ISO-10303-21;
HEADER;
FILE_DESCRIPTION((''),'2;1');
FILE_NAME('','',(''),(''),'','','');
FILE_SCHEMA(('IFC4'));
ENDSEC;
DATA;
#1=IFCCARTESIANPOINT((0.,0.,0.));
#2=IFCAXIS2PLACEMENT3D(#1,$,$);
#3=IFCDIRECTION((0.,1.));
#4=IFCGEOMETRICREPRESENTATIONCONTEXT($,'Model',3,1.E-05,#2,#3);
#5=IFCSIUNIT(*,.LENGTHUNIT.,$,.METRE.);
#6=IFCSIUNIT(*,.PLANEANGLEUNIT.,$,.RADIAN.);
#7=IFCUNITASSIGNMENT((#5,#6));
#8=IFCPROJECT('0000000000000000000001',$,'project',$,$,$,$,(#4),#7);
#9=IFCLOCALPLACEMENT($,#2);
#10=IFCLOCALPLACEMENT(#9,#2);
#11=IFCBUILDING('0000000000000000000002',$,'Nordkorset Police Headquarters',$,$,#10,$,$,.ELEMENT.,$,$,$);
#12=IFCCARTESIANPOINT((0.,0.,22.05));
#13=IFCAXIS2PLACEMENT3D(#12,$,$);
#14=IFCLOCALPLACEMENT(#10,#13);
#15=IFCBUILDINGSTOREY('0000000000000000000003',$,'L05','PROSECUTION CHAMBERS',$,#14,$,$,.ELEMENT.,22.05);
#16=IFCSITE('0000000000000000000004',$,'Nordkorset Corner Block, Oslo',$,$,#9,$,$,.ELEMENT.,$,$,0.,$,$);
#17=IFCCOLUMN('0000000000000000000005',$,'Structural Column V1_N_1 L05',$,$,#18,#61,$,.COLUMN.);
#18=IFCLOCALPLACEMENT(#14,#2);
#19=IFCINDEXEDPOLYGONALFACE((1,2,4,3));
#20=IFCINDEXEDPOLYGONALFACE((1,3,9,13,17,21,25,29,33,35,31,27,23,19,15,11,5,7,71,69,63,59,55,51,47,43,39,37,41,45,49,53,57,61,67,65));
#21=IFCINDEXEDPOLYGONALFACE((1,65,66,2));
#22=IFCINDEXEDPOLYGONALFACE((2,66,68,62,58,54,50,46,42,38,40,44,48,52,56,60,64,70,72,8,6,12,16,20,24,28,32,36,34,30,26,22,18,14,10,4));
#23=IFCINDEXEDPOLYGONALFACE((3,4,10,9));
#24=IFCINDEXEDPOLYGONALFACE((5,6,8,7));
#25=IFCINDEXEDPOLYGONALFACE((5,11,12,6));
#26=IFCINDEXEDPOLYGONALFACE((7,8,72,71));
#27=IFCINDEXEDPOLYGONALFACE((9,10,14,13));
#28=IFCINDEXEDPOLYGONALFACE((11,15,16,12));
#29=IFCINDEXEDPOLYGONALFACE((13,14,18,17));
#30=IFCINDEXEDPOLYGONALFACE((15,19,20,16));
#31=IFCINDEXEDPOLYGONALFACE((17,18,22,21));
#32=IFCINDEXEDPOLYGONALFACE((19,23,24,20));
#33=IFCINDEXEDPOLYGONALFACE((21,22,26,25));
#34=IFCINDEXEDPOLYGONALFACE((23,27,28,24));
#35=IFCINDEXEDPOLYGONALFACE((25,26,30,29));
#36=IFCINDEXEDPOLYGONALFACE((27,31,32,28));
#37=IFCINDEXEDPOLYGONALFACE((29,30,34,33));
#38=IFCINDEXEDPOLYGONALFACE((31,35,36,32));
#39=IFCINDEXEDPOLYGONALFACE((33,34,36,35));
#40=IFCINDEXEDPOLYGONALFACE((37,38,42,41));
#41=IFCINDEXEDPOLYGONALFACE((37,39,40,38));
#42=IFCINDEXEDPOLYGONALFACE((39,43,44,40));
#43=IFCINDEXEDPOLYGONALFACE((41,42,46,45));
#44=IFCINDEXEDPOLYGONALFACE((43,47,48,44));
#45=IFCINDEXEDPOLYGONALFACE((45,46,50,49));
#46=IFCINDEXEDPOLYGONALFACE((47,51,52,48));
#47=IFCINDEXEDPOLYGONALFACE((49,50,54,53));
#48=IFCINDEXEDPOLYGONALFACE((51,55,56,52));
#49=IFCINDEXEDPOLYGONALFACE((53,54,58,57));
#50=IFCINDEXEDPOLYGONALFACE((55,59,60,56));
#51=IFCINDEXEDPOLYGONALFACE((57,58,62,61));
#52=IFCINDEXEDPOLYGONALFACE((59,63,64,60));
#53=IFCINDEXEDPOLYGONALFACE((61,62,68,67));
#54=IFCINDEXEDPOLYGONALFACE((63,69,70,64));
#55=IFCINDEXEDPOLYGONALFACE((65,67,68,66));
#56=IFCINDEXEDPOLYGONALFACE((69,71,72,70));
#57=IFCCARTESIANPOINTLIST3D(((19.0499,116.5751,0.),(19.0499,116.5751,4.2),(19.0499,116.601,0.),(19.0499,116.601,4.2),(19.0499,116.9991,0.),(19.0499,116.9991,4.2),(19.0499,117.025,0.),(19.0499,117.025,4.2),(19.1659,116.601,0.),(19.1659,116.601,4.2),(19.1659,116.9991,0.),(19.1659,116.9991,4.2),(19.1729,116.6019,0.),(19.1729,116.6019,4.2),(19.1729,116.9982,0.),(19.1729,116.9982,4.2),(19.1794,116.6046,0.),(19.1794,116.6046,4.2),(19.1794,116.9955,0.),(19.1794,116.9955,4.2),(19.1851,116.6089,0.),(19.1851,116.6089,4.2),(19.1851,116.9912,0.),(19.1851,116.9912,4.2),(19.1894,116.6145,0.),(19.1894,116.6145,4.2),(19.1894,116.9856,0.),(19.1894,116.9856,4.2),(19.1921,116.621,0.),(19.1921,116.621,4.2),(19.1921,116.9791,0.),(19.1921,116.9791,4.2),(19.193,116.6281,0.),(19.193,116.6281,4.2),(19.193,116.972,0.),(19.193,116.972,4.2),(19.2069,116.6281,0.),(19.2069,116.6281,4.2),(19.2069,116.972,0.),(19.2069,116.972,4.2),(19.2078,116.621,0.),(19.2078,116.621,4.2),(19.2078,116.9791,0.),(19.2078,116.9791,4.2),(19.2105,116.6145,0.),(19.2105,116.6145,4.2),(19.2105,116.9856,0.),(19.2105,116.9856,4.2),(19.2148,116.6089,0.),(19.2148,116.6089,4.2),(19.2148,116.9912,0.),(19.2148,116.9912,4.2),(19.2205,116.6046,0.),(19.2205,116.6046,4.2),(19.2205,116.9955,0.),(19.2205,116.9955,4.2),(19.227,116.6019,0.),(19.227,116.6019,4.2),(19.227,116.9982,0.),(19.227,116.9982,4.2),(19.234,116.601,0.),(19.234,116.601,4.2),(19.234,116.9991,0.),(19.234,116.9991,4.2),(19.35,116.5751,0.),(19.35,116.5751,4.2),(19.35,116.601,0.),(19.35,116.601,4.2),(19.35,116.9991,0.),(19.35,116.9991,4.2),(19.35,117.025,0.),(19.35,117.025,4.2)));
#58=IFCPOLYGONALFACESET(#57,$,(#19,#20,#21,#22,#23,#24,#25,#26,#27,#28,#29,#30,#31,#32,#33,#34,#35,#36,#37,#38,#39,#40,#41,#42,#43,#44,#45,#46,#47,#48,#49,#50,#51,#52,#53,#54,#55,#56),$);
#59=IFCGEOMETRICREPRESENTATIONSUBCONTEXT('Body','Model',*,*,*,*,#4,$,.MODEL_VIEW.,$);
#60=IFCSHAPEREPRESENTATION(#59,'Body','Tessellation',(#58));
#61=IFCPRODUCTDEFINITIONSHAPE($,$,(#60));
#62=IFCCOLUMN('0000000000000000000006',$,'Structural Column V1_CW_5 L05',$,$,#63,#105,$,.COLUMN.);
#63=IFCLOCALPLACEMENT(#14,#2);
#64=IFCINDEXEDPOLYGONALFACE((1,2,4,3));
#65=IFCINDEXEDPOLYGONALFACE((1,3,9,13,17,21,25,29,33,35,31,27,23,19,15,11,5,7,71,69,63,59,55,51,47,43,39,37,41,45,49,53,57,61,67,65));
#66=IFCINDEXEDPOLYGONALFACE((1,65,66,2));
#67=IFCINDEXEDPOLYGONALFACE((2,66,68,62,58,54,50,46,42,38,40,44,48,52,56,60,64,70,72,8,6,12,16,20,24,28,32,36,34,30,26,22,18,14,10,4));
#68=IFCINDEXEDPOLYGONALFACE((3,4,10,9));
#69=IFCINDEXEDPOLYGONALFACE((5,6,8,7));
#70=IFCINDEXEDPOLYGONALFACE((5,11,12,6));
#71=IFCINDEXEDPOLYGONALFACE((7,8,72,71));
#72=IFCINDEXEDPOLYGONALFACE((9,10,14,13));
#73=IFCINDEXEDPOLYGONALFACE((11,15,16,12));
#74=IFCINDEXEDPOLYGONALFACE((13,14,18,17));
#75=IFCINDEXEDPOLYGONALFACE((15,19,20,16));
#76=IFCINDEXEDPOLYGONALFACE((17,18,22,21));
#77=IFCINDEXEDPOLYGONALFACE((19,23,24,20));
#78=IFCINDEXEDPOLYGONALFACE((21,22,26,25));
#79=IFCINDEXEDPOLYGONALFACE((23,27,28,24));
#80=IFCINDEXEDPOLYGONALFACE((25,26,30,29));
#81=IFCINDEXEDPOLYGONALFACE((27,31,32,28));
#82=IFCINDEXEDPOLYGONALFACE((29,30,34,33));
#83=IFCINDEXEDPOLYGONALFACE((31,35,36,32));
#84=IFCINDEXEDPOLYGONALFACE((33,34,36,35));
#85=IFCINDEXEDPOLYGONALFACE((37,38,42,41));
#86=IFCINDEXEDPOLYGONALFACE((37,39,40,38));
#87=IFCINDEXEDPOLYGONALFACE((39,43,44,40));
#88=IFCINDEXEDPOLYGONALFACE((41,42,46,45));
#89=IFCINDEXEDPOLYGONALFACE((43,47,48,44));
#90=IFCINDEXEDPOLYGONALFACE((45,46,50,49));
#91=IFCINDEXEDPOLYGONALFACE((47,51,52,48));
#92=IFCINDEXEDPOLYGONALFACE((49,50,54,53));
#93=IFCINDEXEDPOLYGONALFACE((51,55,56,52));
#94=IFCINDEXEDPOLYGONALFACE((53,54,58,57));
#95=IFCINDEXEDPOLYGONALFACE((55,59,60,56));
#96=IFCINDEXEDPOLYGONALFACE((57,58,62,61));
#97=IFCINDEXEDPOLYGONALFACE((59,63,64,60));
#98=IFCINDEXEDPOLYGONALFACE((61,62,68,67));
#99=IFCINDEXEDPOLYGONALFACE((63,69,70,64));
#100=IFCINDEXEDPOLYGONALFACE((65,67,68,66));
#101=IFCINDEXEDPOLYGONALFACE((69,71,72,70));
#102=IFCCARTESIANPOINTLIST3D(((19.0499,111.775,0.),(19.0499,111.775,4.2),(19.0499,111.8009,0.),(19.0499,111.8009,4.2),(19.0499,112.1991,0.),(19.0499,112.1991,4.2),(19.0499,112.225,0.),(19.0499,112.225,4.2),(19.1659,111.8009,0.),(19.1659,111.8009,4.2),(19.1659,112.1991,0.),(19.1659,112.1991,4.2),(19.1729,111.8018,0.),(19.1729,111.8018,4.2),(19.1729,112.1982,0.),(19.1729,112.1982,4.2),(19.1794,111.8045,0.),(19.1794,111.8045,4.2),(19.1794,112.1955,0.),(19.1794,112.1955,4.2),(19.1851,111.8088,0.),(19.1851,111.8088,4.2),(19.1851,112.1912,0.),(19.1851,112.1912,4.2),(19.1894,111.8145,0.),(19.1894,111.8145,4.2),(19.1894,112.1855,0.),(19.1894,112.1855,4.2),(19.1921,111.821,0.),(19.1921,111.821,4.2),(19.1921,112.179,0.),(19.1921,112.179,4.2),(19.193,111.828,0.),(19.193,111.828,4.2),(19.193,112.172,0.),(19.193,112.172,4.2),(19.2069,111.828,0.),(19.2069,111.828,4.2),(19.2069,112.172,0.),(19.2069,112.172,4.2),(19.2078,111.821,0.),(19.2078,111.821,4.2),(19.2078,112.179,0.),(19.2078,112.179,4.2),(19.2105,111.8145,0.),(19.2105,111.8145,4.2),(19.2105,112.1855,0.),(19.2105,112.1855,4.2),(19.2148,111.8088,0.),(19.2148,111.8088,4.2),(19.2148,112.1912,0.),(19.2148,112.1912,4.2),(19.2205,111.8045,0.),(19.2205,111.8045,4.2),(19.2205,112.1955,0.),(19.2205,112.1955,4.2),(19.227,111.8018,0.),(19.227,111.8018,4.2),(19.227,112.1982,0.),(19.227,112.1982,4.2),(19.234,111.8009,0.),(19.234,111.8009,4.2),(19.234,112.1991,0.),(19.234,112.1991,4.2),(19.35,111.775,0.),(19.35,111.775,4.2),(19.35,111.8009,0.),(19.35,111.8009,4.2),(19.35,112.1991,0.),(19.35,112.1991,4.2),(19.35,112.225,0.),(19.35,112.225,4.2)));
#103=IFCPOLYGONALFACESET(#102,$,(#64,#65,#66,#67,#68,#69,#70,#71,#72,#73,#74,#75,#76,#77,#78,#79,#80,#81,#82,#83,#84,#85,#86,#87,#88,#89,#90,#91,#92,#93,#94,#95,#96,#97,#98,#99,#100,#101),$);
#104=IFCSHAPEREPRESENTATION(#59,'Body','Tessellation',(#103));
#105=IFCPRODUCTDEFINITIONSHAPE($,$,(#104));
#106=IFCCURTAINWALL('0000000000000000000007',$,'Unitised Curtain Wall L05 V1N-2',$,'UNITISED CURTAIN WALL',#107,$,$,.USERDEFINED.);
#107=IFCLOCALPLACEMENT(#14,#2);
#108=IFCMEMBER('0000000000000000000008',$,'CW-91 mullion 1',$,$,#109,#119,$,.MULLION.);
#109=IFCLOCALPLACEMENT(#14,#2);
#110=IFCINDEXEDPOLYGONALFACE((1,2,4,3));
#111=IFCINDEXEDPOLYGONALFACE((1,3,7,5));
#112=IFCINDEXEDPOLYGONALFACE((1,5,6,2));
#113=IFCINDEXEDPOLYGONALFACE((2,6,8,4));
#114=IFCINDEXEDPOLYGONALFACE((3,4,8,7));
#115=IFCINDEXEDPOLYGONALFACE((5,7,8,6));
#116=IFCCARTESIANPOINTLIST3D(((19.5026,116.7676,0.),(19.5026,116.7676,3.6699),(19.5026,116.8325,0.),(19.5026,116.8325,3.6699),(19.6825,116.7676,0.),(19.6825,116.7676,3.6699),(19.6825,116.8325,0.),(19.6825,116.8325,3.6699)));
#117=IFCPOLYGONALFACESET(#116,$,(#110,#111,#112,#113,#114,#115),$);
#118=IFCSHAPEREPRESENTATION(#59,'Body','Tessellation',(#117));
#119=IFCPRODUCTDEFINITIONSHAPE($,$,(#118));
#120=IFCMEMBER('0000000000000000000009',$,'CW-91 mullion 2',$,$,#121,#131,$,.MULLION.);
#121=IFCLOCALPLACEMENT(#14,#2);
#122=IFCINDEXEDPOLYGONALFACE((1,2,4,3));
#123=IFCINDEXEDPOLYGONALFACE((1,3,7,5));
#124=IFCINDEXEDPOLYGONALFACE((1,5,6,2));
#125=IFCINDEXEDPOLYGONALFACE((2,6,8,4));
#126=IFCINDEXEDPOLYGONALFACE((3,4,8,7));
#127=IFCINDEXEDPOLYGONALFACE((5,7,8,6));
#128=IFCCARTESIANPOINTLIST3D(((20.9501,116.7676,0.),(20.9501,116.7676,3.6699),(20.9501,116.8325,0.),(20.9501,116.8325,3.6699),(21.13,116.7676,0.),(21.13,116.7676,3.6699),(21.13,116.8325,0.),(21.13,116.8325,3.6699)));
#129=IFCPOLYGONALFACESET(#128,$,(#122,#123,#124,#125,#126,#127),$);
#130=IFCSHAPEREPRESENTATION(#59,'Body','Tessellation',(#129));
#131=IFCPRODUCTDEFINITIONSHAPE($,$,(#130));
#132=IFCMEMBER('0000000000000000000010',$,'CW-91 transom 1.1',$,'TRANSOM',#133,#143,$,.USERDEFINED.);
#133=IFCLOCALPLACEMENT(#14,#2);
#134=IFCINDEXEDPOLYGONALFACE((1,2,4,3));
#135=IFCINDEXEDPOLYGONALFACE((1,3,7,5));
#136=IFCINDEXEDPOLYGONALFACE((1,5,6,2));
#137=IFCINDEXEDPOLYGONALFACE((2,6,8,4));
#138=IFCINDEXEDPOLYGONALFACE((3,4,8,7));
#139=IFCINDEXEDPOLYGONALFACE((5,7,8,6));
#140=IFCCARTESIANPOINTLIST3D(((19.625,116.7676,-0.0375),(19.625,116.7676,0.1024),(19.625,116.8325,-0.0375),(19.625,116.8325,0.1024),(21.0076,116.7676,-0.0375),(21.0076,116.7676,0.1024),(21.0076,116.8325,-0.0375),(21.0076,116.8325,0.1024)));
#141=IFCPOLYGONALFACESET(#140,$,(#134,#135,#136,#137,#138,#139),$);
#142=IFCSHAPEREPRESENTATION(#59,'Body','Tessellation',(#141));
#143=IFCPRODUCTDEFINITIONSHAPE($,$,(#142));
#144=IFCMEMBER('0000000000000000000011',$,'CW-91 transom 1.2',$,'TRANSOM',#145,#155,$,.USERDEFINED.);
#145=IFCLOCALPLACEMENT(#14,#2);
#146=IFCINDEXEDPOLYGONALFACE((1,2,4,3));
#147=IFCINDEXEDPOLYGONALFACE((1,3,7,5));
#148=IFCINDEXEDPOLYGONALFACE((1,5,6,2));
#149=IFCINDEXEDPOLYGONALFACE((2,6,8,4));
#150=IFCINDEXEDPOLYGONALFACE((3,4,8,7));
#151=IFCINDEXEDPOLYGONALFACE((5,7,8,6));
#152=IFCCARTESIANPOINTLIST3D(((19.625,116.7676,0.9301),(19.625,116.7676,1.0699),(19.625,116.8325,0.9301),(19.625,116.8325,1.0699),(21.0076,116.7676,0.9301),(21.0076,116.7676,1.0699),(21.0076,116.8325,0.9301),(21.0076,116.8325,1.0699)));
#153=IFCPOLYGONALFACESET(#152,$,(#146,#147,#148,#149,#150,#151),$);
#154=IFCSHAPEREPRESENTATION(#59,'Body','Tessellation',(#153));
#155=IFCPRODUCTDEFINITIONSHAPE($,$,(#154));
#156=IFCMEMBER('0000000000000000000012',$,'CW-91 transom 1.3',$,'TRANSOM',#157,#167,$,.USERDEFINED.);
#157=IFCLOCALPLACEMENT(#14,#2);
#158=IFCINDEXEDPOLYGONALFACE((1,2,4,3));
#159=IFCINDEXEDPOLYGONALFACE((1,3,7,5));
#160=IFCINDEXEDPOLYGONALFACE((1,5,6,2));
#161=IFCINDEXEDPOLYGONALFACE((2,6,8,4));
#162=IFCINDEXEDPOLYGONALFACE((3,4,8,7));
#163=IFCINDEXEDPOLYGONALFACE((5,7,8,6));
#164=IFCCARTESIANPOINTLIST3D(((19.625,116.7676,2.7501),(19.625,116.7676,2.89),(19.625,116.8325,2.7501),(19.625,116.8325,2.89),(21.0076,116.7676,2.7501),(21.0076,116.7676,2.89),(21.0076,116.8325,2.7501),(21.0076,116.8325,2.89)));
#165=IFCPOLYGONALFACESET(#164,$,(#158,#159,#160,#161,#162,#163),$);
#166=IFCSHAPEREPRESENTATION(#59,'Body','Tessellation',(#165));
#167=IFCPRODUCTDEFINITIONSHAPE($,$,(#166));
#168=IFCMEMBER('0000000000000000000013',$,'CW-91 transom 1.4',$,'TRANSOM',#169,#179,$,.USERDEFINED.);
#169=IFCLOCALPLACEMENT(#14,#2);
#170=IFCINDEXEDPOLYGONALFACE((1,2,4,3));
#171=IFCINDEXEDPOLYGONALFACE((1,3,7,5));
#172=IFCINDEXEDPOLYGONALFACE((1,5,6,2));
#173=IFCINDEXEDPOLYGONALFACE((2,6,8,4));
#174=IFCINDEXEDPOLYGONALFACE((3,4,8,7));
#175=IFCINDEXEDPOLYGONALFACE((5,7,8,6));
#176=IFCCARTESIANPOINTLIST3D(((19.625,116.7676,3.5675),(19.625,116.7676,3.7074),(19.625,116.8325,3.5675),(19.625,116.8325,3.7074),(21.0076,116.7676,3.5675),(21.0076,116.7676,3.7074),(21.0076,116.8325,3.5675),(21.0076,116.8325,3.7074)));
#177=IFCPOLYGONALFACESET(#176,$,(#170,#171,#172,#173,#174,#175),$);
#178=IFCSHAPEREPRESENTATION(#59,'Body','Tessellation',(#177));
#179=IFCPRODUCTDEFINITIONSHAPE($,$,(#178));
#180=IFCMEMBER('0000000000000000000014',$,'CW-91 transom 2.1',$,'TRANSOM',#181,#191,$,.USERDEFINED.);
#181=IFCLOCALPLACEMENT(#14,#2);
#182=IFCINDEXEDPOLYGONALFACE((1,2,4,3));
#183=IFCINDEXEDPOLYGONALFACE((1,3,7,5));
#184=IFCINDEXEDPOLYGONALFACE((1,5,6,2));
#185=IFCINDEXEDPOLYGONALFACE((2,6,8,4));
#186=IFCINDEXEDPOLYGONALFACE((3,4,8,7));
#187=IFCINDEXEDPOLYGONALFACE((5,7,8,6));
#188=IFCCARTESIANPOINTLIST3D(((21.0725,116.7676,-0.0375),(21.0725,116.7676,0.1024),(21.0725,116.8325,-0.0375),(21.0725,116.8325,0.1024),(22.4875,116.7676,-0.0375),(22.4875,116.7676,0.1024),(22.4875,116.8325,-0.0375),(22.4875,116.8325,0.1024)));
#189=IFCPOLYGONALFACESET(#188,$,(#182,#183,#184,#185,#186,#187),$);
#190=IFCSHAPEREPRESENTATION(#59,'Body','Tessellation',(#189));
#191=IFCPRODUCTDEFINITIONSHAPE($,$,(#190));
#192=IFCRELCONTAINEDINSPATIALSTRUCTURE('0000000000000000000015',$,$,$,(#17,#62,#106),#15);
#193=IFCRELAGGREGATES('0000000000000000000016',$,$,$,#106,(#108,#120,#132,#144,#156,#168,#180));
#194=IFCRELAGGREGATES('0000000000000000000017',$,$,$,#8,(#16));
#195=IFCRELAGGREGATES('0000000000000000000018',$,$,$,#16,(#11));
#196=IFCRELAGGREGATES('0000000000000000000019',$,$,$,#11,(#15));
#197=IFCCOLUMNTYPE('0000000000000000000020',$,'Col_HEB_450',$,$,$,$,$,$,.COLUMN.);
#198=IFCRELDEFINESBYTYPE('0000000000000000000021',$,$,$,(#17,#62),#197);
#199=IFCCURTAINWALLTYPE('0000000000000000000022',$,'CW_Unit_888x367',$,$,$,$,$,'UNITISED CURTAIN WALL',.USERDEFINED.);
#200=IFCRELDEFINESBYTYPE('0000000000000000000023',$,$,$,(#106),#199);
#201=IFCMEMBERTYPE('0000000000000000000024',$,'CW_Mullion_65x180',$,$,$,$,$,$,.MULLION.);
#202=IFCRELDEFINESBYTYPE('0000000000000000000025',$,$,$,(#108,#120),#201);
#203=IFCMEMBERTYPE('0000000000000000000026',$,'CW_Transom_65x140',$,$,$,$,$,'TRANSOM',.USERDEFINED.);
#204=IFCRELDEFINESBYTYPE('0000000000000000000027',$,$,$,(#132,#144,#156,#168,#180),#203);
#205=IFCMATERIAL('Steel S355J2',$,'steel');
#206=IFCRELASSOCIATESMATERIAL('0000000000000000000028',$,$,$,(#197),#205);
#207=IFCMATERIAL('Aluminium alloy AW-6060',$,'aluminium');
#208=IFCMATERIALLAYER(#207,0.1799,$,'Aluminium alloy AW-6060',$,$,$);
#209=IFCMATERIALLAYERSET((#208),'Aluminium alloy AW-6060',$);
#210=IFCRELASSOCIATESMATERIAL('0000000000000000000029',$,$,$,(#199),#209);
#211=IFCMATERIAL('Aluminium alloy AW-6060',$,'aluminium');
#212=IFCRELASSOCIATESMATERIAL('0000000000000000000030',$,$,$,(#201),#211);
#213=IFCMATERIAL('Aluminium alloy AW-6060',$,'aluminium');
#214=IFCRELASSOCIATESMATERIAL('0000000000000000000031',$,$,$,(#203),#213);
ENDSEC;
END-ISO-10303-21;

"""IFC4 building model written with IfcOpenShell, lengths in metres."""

from ifc_helpers import new_model, si_unit, direction, frame, origin, origin_2d, place, context, subcontext, project, spatial, rectangle, i_section, extrude, material, layer, layer_set, material_profile, profile_set, type_object, element, aggregate, save


model = new_model("IFC4")

# Units and contexts
model_context = context("Model", 3, precision=1e-05, world=origin(), true_north=direction((0.0, 1.0)))
body_context = subcontext(model_context, "Body", "Model", "MODEL_VIEW")
ifc_project = project(units=[si_unit("LENGTHUNIT", "METRE"), si_unit("PLANEANGLEUNIT", "RADIAN")], contexts=[model_context])

# Site, building, storey
site_placement = place(None, origin())
site = spatial("IfcSite", under=ifc_project, at=site_placement, Name="Nordkorset Corner Block, Oslo", CompositionType="ELEMENT", RefElevation=0.0)
building_placement = place(site_placement, origin())
building = spatial("IfcBuilding", under=site, at=building_placement, Name="Nordkorset Police Headquarters", CompositionType="ELEMENT")
storey_placement = place(building_placement, frame((0.0, 0.0, 22.05)))
storey = spatial("IfcBuildingStorey", under=building, at=storey_placement, Name="L05", Description="PROSECUTION CHAMBERS", CompositionType="ELEMENT", Elevation=22.05)

# Columns
ifc_material_1 = material(Name="Steel S355J2", Category="steel")
ifc_material_profile_1 = material_profile(ifc_material_1, i_section(OverallWidth=0.3, OverallDepth=0.45, WebThickness=0.0139, FlangeThickness=0.0259, FilletRadius=0.0271, at=origin_2d()), Name="HEB 450")
ifc_profile_set_1 = profile_set([ifc_material_profile_1], Name="Steel S355J2")
column_type = type_object("IfcColumnType", Name="Col_HEB_450", PredefinedType="COLUMN", material=ifc_profile_set_1)
for number, where, z_axis, x_axis, name in (
    (1, (19.2, 116.8, 0.0), (0.0, 0.0, 1.0), (1.0, 0.0, 0.0), "Structural Column V1_N_1 L05"),
    (2, (19.2, 112.0, 0.0), (0.0, 0.0, 1.0), (1.0, 0.0, 0.0), "Structural Column V1_CW_5 L05"),
):
    element("IfcColumn", number, at=place(storey_placement, frame(where, z_axis=z_axis, x_axis=x_axis)), inside=storey, type_object=column_type, Name=name, PredefinedType="COLUMN", context=body_context, shape_type="SweptSolid", body=[
        extrude(i_section(OverallWidth=0.3, OverallDepth=0.45, WebThickness=0.0139, FlangeThickness=0.0259, FilletRadius=0.0271, at=origin_2d()), origin(), (0.0, 0.0, 1.0), 4.2),
    ])

# Curtain wall, members
ifc_material_2 = material(Name="Aluminium alloy AW-6060", Category="aluminium")
ifc_layer_1 = layer(ifc_material_2, 0.1799, Name="Aluminium alloy AW-6060")
ifc_layer_set_1 = layer_set([ifc_layer_1], Name="Aluminium alloy AW-6060")
curtain_wall_type = type_object("IfcCurtainWallType", Name="CW_Unit_888x367", ElementType="UNITISED CURTAIN WALL", PredefinedType="USERDEFINED", material=ifc_layer_set_1)
curtain_wall_placement = place(storey_placement, origin())
curtain_wall = element("IfcCurtainWall", 3, at=curtain_wall_placement, inside=storey, type_object=curtain_wall_type, Name="Unitised Curtain Wall L05 V1N-2", ObjectType="UNITISED CURTAIN WALL", PredefinedType="USERDEFINED")
ifc_material_3 = material(Name="Aluminium alloy AW-6060", Category="aluminium")
ifc_material_profile_2 = material_profile(ifc_material_3, rectangle(XDim=0.0649, YDim=0.1799, at=origin_2d()), Name="ALU MULL 65x180")
ifc_profile_set_2 = profile_set([ifc_material_profile_2], Name="Aluminium alloy AW-6060")
member_type_1 = type_object("IfcMemberType", Name="CW_Mullion_65x180", PredefinedType="MULLION", material=ifc_profile_set_2)
member_1_placement = place(storey_placement, frame((19.5925, 116.8, 0.0), z_axis=(0.0, 0.0, 1.0), x_axis=(0.0, 1.0, 0.0)))
member_1 = element("IfcMember", 4, at=member_1_placement, type_object=member_type_1, Name="CW-91 mullion 1", PredefinedType="MULLION", context=body_context, shape_type="SweptSolid", body=[
    extrude(rectangle(XDim=0.0649, YDim=0.1799, at=origin_2d()), origin(), (0.0, 0.0, 1.0), 3.6699),
])
member_2_placement = place(storey_placement, frame((21.04, 116.8, 0.0), z_axis=(0.0, 0.0, 1.0), x_axis=(0.0, 1.0, 0.0)))
member_2 = element("IfcMember", 5, at=member_2_placement, type_object=member_type_1, Name="CW-91 mullion 2", PredefinedType="MULLION", context=body_context, shape_type="SweptSolid", body=[
    extrude(rectangle(XDim=0.0649, YDim=0.1799, at=origin_2d()), origin(), (0.0, 0.0, 1.0), 3.6699),
])
ifc_material_4 = material(Name="Aluminium alloy AW-6060", Category="aluminium")
ifc_material_profile_3 = material_profile(ifc_material_4, rectangle(XDim=0.0649, YDim=0.1399, at=origin_2d()), Name="ALU TRAN 65x140")
ifc_profile_set_3 = profile_set([ifc_material_profile_3], Name="Aluminium alloy AW-6060")
member_type_2 = type_object("IfcMemberType", Name="CW_Transom_65x140", ElementType="TRANSOM", PredefinedType="USERDEFINED", material=ifc_profile_set_3)
member_3_placement = place(storey_placement, frame((19.625, 116.8, 0.0325), z_axis=(1.0, 0.0, 0.0), x_axis=(0.0, 1.0, 0.0)))
member_3 = element("IfcMember", 6, at=member_3_placement, type_object=member_type_2, Name="CW-91 transom 1.1", ObjectType="TRANSOM", PredefinedType="USERDEFINED", context=body_context, shape_type="SweptSolid", body=[
    extrude(rectangle(XDim=0.0649, YDim=0.1399, at=origin_2d()), origin(), (0.0, 0.0, 1.0), 1.3826),
])
member_4_placement = place(storey_placement, frame((19.625, 116.8, 1.0), z_axis=(1.0, 0.0, 0.0), x_axis=(0.0, 1.0, 0.0)))
member_4 = element("IfcMember", 7, at=member_4_placement, type_object=member_type_2, Name="CW-91 transom 1.2", ObjectType="TRANSOM", PredefinedType="USERDEFINED", context=body_context, shape_type="SweptSolid", body=[
    extrude(rectangle(XDim=0.0649, YDim=0.1399, at=origin_2d()), origin(), (0.0, 0.0, 1.0), 1.3826),
])
member_5_placement = place(storey_placement, frame((19.625, 116.8, 2.8201), z_axis=(1.0, 0.0, 0.0), x_axis=(0.0, 1.0, 0.0)))
member_5 = element("IfcMember", 8, at=member_5_placement, type_object=member_type_2, Name="CW-91 transom 1.3", ObjectType="TRANSOM", PredefinedType="USERDEFINED", context=body_context, shape_type="SweptSolid", body=[
    extrude(rectangle(XDim=0.0649, YDim=0.1399, at=origin_2d()), origin(), (0.0, 0.0, 1.0), 1.3826),
])
member_6_placement = place(storey_placement, frame((19.625, 116.8, 3.6375), z_axis=(1.0, 0.0, 0.0), x_axis=(0.0, 1.0, 0.0)))
member_6 = element("IfcMember", 9, at=member_6_placement, type_object=member_type_2, Name="CW-91 transom 1.4", ObjectType="TRANSOM", PredefinedType="USERDEFINED", context=body_context, shape_type="SweptSolid", body=[
    extrude(rectangle(XDim=0.0649, YDim=0.1399, at=origin_2d()), origin(), (0.0, 0.0, 1.0), 1.3826),
])
member_7_placement = place(storey_placement, frame((21.0725, 116.8, 0.0325), z_axis=(1.0, 0.0, 0.0), x_axis=(0.0, 1.0, 0.0)))
member_7 = element("IfcMember", 10, at=member_7_placement, type_object=member_type_2, Name="CW-91 transom 2.1", ObjectType="TRANSOM", PredefinedType="USERDEFINED", context=body_context, shape_type="SweptSolid", body=[
    extrude(rectangle(XDim=0.0649, YDim=0.1399, at=origin_2d()), origin(), (0.0, 0.0, 1.0), 1.415),
])

aggregate(curtain_wall, [member_1, member_2, member_3, member_4, member_5, member_6, member_7])

save(model, "model.ifc")
